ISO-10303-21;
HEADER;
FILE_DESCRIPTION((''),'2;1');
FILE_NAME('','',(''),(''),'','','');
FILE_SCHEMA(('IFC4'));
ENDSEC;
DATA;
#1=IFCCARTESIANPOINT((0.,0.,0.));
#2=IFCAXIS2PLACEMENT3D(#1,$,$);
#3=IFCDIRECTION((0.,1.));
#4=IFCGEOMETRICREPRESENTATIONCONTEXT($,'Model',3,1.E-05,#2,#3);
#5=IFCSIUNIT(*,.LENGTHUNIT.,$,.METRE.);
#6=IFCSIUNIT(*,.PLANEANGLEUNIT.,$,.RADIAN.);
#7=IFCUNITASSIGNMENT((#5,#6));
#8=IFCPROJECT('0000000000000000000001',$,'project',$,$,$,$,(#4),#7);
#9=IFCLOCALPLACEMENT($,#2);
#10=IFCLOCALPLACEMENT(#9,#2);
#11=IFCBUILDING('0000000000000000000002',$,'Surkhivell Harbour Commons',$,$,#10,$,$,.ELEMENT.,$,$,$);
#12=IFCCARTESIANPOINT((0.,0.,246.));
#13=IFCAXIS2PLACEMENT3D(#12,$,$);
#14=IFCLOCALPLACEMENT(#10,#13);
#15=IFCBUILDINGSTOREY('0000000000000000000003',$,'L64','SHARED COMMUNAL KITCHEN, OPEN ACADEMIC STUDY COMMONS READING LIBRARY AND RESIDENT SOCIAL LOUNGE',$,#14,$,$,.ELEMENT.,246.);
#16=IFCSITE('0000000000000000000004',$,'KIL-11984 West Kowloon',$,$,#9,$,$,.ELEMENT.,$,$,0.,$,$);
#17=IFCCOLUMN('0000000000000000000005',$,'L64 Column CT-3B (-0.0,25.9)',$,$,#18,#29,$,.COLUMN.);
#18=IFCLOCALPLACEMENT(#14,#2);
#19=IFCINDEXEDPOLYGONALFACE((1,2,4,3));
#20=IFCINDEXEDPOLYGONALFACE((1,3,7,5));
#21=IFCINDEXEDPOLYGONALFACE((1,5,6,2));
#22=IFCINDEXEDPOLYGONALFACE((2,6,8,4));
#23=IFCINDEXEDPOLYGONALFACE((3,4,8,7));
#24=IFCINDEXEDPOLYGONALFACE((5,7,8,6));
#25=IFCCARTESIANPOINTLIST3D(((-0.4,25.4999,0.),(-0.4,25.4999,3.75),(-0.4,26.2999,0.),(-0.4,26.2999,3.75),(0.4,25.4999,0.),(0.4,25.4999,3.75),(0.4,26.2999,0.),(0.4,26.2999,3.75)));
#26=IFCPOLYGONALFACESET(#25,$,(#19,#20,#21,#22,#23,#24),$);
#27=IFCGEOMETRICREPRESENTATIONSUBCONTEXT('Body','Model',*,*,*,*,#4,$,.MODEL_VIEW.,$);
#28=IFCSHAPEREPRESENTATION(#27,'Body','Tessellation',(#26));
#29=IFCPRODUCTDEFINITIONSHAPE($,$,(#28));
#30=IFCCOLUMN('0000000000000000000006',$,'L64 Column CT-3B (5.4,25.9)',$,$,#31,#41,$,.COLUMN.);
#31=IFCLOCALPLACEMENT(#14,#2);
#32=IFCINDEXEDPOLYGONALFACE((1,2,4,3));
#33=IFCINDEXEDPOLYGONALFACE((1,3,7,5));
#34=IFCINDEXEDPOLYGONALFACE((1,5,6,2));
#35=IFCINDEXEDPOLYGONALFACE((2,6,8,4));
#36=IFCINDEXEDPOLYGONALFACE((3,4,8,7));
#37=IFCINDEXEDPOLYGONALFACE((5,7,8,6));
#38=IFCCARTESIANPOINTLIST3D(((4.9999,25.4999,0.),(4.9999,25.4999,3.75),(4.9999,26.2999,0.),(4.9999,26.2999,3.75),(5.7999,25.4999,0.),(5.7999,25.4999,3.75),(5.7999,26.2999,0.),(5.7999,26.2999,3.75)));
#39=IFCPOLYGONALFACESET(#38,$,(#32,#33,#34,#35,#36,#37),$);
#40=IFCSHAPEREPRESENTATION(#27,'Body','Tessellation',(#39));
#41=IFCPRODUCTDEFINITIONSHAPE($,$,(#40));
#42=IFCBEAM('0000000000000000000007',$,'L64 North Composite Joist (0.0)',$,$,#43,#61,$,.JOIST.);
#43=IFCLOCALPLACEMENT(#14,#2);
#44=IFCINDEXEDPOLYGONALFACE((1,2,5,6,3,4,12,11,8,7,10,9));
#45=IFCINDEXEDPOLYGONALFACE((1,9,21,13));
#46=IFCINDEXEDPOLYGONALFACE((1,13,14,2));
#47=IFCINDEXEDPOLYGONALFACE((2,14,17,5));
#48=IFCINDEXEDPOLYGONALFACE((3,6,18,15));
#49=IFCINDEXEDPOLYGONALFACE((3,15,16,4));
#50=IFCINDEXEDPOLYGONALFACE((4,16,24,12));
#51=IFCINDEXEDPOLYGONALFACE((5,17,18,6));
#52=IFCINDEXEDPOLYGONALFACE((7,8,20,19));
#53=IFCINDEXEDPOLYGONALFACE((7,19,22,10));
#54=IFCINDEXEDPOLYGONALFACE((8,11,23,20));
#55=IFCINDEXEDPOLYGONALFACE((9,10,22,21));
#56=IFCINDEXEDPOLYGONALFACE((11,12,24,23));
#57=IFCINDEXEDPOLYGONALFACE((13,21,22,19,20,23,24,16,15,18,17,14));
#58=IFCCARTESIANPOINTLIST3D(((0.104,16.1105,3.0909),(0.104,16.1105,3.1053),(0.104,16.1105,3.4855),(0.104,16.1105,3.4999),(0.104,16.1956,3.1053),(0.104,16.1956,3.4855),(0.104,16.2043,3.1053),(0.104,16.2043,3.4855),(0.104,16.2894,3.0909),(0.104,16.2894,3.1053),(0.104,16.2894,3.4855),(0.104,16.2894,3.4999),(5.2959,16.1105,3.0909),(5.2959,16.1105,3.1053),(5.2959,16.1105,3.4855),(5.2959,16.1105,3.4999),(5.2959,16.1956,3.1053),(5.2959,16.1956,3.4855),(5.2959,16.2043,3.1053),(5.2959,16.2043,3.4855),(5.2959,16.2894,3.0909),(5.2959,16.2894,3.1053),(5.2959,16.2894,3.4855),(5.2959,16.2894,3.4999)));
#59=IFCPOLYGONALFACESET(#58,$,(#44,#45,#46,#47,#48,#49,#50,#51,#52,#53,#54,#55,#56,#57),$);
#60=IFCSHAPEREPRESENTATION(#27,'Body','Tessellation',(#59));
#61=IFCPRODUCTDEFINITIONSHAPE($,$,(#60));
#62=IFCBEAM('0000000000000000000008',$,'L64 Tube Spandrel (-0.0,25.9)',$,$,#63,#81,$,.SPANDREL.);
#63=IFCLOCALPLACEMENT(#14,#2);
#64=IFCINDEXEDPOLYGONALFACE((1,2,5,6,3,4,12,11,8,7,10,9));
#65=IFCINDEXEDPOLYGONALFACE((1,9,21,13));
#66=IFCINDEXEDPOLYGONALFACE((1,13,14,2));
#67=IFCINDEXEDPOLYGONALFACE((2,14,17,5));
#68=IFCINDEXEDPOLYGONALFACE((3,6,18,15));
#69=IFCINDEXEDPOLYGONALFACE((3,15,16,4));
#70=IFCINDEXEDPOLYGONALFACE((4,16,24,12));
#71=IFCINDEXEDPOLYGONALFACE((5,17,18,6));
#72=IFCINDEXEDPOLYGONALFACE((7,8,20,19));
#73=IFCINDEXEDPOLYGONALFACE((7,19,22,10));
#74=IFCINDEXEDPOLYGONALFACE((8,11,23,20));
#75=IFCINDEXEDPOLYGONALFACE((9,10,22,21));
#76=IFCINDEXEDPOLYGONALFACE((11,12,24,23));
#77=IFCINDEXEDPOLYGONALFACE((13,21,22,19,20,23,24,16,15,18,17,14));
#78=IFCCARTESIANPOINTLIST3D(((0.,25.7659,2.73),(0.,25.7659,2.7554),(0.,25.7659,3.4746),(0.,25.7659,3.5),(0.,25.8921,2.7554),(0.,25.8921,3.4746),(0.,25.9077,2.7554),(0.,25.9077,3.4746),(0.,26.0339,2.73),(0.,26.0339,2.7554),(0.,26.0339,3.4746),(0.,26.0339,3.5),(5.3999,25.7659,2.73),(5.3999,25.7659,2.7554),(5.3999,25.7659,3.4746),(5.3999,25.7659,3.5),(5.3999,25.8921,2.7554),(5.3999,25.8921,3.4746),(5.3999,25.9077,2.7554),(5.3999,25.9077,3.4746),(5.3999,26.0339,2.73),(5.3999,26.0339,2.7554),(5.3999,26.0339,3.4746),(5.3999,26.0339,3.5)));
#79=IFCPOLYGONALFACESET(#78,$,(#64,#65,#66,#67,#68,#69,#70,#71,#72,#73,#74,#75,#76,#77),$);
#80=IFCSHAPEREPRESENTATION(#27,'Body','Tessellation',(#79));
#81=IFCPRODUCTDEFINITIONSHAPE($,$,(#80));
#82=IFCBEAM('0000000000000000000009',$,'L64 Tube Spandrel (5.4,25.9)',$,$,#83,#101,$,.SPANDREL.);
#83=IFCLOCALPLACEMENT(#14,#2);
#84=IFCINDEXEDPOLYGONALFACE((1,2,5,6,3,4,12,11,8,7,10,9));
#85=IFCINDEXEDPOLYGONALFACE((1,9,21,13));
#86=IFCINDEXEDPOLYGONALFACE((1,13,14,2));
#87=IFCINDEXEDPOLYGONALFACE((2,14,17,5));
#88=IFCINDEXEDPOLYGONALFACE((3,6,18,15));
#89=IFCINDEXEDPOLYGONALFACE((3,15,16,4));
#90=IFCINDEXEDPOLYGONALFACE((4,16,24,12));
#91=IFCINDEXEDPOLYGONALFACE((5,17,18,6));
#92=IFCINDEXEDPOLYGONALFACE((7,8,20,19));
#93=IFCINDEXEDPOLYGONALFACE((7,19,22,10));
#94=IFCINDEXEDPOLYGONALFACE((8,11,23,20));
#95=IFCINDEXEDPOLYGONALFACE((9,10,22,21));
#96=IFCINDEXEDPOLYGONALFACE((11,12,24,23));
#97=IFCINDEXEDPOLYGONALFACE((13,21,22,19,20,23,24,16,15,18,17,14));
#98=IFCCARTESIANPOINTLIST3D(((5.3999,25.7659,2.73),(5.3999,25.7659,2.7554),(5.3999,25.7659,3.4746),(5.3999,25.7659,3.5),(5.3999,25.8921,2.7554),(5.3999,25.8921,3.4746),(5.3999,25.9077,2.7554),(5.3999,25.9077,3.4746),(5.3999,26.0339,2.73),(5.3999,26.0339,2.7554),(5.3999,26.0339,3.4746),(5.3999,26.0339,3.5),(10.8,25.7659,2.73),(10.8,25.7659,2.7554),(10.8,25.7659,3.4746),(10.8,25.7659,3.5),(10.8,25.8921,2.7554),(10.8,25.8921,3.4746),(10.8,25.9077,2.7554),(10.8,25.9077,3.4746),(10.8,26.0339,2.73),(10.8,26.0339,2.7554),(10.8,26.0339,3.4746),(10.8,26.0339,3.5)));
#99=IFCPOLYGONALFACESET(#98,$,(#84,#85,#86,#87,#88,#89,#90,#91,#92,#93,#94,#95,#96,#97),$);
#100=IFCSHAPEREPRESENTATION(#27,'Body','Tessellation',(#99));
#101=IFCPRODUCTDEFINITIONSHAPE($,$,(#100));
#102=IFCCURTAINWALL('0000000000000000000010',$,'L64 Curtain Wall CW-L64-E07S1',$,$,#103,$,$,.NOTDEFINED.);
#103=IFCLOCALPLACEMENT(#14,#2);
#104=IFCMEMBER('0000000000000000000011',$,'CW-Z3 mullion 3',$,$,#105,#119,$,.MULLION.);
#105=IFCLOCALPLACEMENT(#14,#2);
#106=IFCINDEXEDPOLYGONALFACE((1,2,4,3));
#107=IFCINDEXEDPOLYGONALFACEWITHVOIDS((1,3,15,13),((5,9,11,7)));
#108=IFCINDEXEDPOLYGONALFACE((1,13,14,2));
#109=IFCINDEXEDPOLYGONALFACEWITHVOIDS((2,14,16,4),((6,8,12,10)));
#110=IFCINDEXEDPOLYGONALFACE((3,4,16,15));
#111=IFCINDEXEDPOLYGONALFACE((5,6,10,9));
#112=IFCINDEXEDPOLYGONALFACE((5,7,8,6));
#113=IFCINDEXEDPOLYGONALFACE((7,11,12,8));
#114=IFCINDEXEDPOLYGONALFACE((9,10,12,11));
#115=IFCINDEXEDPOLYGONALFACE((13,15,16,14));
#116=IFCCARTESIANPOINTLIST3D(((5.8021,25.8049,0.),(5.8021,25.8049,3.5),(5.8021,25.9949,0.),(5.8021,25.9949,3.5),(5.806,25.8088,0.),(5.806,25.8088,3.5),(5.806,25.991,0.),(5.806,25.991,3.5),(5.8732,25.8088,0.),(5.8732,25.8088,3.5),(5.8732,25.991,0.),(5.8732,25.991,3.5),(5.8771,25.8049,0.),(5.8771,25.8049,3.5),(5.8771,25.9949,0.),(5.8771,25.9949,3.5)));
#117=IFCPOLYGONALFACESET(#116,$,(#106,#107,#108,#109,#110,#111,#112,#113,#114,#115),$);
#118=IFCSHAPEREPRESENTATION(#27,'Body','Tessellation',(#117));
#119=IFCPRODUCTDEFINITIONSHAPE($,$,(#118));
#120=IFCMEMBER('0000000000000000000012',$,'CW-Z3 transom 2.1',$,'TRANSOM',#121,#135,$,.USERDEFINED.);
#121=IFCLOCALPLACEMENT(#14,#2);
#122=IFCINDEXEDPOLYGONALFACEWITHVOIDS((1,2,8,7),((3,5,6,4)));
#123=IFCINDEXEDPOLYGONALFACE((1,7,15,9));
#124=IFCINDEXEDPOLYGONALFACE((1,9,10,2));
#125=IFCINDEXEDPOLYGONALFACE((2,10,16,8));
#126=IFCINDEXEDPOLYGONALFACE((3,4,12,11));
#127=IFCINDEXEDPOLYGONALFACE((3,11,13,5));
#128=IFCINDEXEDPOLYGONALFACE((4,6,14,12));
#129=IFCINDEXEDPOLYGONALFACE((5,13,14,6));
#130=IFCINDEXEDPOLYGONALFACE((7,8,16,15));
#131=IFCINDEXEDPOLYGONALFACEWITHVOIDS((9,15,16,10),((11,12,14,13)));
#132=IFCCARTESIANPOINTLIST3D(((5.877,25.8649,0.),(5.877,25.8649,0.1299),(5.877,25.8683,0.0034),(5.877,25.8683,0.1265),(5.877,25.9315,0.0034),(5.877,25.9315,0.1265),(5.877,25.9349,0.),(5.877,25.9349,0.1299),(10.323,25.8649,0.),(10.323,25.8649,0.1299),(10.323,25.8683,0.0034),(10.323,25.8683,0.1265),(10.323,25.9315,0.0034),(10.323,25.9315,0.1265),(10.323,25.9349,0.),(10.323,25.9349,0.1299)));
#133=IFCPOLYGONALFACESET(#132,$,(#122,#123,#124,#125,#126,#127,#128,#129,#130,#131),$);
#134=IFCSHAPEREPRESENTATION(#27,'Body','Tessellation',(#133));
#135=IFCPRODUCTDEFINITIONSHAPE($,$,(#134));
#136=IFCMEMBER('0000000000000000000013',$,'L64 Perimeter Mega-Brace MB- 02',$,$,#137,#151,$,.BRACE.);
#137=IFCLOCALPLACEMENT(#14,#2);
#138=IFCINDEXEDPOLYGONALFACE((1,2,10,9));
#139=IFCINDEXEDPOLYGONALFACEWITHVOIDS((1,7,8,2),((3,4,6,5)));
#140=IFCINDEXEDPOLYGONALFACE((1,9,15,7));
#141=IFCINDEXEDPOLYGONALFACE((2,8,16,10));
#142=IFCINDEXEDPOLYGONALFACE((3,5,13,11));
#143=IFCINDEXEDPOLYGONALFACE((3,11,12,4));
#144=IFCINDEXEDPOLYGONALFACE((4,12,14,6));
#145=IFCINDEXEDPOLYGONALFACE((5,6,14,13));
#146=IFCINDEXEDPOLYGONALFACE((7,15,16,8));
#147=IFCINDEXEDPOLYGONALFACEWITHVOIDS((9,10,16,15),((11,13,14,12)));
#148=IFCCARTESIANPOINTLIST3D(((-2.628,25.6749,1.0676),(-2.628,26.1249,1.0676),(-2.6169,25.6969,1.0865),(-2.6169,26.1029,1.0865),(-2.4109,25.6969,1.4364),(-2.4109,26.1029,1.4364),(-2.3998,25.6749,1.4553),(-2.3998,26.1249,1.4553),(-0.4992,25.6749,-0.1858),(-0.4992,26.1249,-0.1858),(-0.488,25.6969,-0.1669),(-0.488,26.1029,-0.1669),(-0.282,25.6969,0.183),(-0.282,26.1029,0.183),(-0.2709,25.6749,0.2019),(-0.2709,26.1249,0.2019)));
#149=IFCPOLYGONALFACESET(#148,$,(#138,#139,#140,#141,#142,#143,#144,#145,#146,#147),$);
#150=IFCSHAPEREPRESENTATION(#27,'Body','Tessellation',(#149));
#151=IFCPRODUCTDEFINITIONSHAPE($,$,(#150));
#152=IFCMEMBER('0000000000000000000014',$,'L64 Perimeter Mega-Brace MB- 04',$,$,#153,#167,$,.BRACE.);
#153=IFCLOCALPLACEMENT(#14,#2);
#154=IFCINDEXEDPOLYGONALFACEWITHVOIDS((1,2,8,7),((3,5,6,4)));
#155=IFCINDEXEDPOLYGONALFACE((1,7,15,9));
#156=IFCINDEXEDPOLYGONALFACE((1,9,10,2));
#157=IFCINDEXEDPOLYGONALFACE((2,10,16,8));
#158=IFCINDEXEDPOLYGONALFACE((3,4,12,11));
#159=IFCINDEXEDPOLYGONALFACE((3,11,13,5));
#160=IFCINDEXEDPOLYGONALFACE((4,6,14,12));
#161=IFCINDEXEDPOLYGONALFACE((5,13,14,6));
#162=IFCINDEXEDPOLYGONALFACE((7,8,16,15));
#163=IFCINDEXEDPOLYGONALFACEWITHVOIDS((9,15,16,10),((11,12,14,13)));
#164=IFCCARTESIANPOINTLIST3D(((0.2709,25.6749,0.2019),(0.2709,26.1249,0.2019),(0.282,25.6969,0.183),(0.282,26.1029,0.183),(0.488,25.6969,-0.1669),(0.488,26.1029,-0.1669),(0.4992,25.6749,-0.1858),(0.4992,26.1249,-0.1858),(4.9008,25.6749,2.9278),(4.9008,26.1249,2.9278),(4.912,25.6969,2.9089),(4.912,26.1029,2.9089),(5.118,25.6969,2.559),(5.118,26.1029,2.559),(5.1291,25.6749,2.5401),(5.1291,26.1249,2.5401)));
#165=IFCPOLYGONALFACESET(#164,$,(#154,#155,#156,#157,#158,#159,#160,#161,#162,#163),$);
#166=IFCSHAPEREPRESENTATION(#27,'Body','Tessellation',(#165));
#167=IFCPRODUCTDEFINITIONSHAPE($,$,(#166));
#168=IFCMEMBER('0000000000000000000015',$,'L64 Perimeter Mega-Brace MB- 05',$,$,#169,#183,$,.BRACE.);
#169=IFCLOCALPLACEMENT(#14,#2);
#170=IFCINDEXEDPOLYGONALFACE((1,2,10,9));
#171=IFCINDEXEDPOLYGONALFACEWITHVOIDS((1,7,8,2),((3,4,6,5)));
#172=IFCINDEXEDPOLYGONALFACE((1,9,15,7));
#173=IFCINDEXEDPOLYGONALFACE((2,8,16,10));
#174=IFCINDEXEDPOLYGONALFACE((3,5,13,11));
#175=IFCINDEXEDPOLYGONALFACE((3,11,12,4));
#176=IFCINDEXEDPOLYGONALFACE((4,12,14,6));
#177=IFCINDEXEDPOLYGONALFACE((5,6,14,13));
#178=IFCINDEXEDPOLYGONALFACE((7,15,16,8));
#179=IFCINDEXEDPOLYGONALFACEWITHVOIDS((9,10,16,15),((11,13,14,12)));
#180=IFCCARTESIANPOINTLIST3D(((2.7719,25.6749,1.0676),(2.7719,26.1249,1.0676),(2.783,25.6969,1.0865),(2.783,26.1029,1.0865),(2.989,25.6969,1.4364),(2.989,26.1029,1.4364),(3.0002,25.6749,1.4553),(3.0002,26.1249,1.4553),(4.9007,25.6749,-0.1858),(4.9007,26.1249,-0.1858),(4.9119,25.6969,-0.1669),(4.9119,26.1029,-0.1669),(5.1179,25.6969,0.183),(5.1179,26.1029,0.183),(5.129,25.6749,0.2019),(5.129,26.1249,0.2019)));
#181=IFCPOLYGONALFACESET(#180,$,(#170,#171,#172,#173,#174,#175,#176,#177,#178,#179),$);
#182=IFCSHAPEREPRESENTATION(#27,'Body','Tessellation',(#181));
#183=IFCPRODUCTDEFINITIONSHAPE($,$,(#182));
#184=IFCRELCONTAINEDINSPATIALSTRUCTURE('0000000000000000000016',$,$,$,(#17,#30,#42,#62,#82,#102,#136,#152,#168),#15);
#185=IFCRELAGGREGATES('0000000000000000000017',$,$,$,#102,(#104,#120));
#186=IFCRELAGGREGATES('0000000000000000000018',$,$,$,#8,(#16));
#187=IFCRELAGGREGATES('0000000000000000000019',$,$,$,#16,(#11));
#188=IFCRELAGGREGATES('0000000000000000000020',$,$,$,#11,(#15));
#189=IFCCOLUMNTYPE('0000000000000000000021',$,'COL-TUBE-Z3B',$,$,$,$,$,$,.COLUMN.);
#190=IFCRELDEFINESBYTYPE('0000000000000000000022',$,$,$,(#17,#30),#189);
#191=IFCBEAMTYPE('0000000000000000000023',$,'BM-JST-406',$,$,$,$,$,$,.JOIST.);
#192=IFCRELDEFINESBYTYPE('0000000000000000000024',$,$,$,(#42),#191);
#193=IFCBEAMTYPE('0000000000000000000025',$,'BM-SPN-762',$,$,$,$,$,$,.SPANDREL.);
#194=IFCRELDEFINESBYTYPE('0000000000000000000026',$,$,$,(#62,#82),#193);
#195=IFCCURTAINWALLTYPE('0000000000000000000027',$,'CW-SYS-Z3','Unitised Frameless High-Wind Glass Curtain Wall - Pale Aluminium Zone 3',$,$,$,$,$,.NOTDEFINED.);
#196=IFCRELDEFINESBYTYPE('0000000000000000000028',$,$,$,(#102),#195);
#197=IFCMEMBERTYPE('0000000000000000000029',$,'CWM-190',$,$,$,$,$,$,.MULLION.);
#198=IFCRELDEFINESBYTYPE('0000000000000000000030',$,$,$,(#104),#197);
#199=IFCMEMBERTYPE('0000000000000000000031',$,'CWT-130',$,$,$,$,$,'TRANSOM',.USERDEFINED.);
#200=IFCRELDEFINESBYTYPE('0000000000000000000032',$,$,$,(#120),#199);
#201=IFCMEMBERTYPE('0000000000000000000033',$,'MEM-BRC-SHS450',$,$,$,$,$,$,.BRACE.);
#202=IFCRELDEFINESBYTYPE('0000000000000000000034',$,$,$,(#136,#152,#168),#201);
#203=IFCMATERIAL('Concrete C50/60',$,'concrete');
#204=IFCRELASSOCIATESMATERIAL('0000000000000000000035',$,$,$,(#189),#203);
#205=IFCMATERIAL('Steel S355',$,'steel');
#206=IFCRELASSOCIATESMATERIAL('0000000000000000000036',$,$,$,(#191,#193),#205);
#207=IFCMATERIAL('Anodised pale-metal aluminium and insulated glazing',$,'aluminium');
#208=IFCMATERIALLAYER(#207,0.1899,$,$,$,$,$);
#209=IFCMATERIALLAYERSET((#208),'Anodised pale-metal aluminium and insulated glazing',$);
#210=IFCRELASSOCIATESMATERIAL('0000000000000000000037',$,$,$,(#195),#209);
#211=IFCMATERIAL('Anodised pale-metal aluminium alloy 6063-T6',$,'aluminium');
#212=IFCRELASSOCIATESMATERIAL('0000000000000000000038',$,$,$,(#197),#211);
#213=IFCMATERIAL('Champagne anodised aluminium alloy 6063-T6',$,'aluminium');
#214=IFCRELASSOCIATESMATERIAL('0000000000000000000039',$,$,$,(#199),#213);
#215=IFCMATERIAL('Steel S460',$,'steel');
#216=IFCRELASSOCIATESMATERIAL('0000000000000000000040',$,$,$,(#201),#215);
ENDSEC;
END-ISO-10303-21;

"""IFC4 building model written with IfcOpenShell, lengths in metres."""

from ifc_helpers import new_model, si_unit, direction, frame, origin, origin_2d, place, context, subcontext, project, spatial, rectangle, hollow_rectangle, i_section, extrude, material, layer, layer_set, material_profile, profile_set, type_object, element, aggregate, save


model = new_model("IFC4")

# Units and contexts
model_context = context("Model", 3, precision=1e-05, world=origin(), true_north=direction((0.0, 1.0)))
body_context = subcontext(model_context, "Body", "Model", "MODEL_VIEW")
ifc_project = project(units=[si_unit("LENGTHUNIT", "METRE"), si_unit("PLANEANGLEUNIT", "RADIAN")], contexts=[model_context])

# Site, building, storey
site_placement = place(None, origin())
site = spatial("IfcSite", under=ifc_project, at=site_placement, Name="KIL-11984 West Kowloon", CompositionType="ELEMENT", RefElevation=0.0)
building_placement = place(site_placement, origin())
building = spatial("IfcBuilding", under=site, at=building_placement, Name="Surkhivell Harbour Commons", CompositionType="ELEMENT")
storey_placement = place(building_placement, frame((0.0, 0.0, 246.0)))
storey = spatial("IfcBuildingStorey", under=building, at=storey_placement, Name="L64", Description="SHARED COMMUNAL KITCHEN, OPEN ACADEMIC STUDY COMMONS READING LIBRARY AND RESIDENT SOCIAL LOUNGE", CompositionType="ELEMENT", Elevation=246.0)

# Columns
ifc_material_1 = material(Name="Concrete C50/60", Category="concrete")
ifc_material_profile_1 = material_profile(ifc_material_1, rectangle(XDim=0.8, YDim=0.8, at=origin_2d()), Name="RC-COL-800x800")
ifc_profile_set_1 = profile_set([ifc_material_profile_1], Name="Concrete C50/60")
column_type = type_object("IfcColumnType", Name="COL-TUBE-Z3B", PredefinedType="COLUMN", material=ifc_profile_set_1)
for number, where, z_axis, x_axis, name in (
    (1, (0.0, 25.8999, 0.0), (0.0, 0.0, 1.0), (1.0, 0.0, 0.0), "L64 Column CT-3B (-0.0,25.9)"),
    (2, (5.3999, 25.8999, 0.0), (0.0, 0.0, 1.0), (1.0, 0.0, 0.0), "L64 Column CT-3B (5.4,25.9)"),
):
    element("IfcColumn", number, at=place(storey_placement, frame(where, z_axis=z_axis, x_axis=x_axis)), inside=storey, type_object=column_type, Name=name, PredefinedType="COLUMN", context=body_context, shape_type="SweptSolid", body=[
        extrude(rectangle(XDim=0.8, YDim=0.8, at=origin_2d()), origin(), (0.0, 0.0, 1.0), 3.75),
    ])

# Beams
ifc_material_2 = material(Name="Steel S355", Category="steel")
ifc_material_profile_2 = material_profile(ifc_material_2, i_section(OverallWidth=0.179, OverallDepth=0.4089, WebThickness=0.0088, FlangeThickness=0.0144, at=origin_2d()), Name="UB406x178x67")
ifc_profile_set_2 = profile_set([ifc_material_profile_2], Name="Steel S355")
beam_type_1 = type_object("IfcBeamType", Name="BM-JST-406", PredefinedType="JOIST", material=ifc_profile_set_2)
beam_1_placement = place(storey_placement, frame((0.104, 16.2, 3.2954), z_axis=(1.0, 0.0, 0.0), x_axis=(0.0, 1.0, 0.0)))
element("IfcBeam", 3, at=beam_1_placement, inside=storey, type_object=beam_type_1, Name="L64 North Composite Joist (0.0)", PredefinedType="JOIST", context=body_context, shape_type="SweptSolid", body=[
    extrude(i_section(OverallWidth=0.179, OverallDepth=0.4089, WebThickness=0.0088, FlangeThickness=0.0144, at=origin_2d()), origin(), (0.0, 0.0, 1.0), 5.1919),
])
ifc_material_profile_3 = material_profile(ifc_material_2, i_section(OverallWidth=0.2681, OverallDepth=0.77, WebThickness=0.0156, FlangeThickness=0.0254, at=origin_2d()), Name="UB762x267x197")
ifc_profile_set_3 = profile_set([ifc_material_profile_3], Name="Steel S355")
beam_type_2 = type_object("IfcBeamType", Name="BM-SPN-762", PredefinedType="SPANDREL", material=ifc_profile_set_3)
beam_2_placement = place(storey_placement, frame((0.0, 25.8999, 3.115), z_axis=(1.0, 0.0, 0.0), x_axis=(0.0, 1.0, 0.0)))
element("IfcBeam", 4, at=beam_2_placement, inside=storey, type_object=beam_type_2, Name="L64 Tube Spandrel (-0.0,25.9)", PredefinedType="SPANDREL", context=body_context, shape_type="SweptSolid", body=[
    extrude(i_section(OverallWidth=0.2681, OverallDepth=0.77, WebThickness=0.0156, FlangeThickness=0.0254, at=origin_2d()), origin(), (0.0, 0.0, 1.0), 5.3999),
])
beam_3_placement = place(storey_placement, frame((5.3999, 25.8999, 3.115), z_axis=(1.0, 0.0, 0.0), x_axis=(0.0, 1.0, 0.0)))
element("IfcBeam", 5, at=beam_3_placement, inside=storey, type_object=beam_type_2, Name="L64 Tube Spandrel (5.4,25.9)", PredefinedType="SPANDREL", context=body_context, shape_type="SweptSolid", body=[
    extrude(i_section(OverallWidth=0.2681, OverallDepth=0.77, WebThickness=0.0156, FlangeThickness=0.0254, at=origin_2d()), origin(), (0.0, 0.0, 1.0), 5.4001),
])

# Curtain wall, members
ifc_material_3 = material(Name="Anodised pale-metal aluminium and insulated glazing", Category="aluminium")
ifc_layer_1 = layer(ifc_material_3, 0.1899)
ifc_layer_set_1 = layer_set([ifc_layer_1], Name="Anodised pale-metal aluminium and insulated glazing")
curtain_wall_type = type_object("IfcCurtainWallType", Name="CW-SYS-Z3", Description="Unitised Frameless High-Wind Glass Curtain Wall - Pale Aluminium Zone 3", PredefinedType="NOTDEFINED", material=ifc_layer_set_1)
curtain_wall_placement = place(storey_placement, origin())
curtain_wall = element("IfcCurtainWall", 6, at=curtain_wall_placement, inside=storey, type_object=curtain_wall_type, Name="L64 Curtain Wall CW-L64-E07S1", PredefinedType="NOTDEFINED")
ifc_material_4 = material(Name="Anodised pale-metal aluminium alloy 6063-T6", Category="aluminium")
ifc_material_profile_4 = material_profile(ifc_material_4, hollow_rectangle(XDim=0.075, YDim=0.1899, WallThickness=0.0039, at=origin_2d()), Name="ALU-MULL-75x190")
ifc_profile_set_4 = profile_set([ifc_material_profile_4], Name="Anodised pale-metal aluminium alloy 6063-T6")
member_type_1 = type_object("IfcMemberType", Name="CWM-190", PredefinedType="MULLION", material=ifc_profile_set_4)
member_1_placement = place(storey_placement, frame((5.8396, 25.8999, 0.0), z_axis=(0.0, 0.0, 1.0), x_axis=(-1.0, 0.0, 0.0)))
member_1 = element("IfcMember", 7, at=member_1_placement, type_object=member_type_1, Name="CW-Z3 mullion 3", PredefinedType="MULLION", context=body_context, shape_type="SweptSolid", body=[
    extrude(hollow_rectangle(XDim=0.075, YDim=0.1899, WallThickness=0.0039, at=origin_2d()), origin(), (0.0, 0.0, 1.0), 3.5),
])
ifc_material_5 = material(Name="Champagne anodised aluminium alloy 6063-T6", Category="aluminium")
ifc_material_profile_5 = material_profile(ifc_material_5, hollow_rectangle(XDim=0.0701, YDim=0.1299, WallThickness=0.0034, at=origin_2d()), Name="ALU-TRAN-70x130")
ifc_profile_set_5 = profile_set([ifc_material_profile_5], Name="Champagne anodised aluminium alloy 6063-T6")
member_type_2 = type_object("IfcMemberType", Name="CWT-130", ElementType="TRANSOM", PredefinedType="USERDEFINED", material=ifc_profile_set_5)
member_2_placement = place(storey_placement, frame((10.323, 25.8999, 0.0649), z_axis=(-1.0, 0.0, 0.0), x_axis=(0.0, -1.0, 0.0)))
member_2 = element("IfcMember", 8, at=member_2_placement, type_object=member_type_2, Name="CW-Z3 transom 2.1", ObjectType="TRANSOM", PredefinedType="USERDEFINED", context=body_context, shape_type="SweptSolid", body=[
    extrude(hollow_rectangle(XDim=0.0701, YDim=0.1299, WallThickness=0.0034, at=origin_2d()), origin(), (0.0, 0.0, 1.0), 4.446),
])
aggregate(curtain_wall, [member_1, member_2])

# Members
ifc_material_6 = material(Name="Steel S460", Category="steel")
ifc_material_profile_6 = material_profile(ifc_material_6, hollow_rectangle(XDim=0.45, YDim=0.45, WallThickness=0.022, at=origin_2d()), Name="SHS450x450x22")
ifc_profile_set_6 = profile_set([ifc_material_profile_6], Name="Steel S460")
member_type_3 = type_object("IfcMemberType", Name="MEM-BRC-SHS450", PredefinedType="BRACE", material=ifc_profile_set_6)
member_3_placement = place(storey_placement, frame((-0.385, 25.8999, 0.0081), z_axis=(-0.861736, 0.0, 0.507357), x_axis=(0.0, -1.0, 0.0)))
element("IfcMember", 9, at=member_3_placement, inside=storey, type_object=member_type_3, Name="L64 Perimeter Mega-Brace MB- 02", PredefinedType="BRACE", context=body_context, shape_type="SweptSolid", body=[
    extrude(hollow_rectangle(XDim=0.45, YDim=0.45, WallThickness=0.022, at=origin_2d()), origin(), (0.0, 0.0, 1.0), 2.4705),
])
member_4_placement = place(storey_placement, frame((0.385, 25.8999, 0.0081), z_axis=(0.861741, 0.0, 0.507348), x_axis=(0.0, 1.0, 0.0)))
element("IfcMember", 10, at=member_4_placement, inside=storey, type_object=member_type_3, Name="L64 Perimeter Mega-Brace MB- 04", PredefinedType="BRACE", context=body_context, shape_type="SweptSolid", body=[
    extrude(hollow_rectangle(XDim=0.45, YDim=0.45, WallThickness=0.022, at=origin_2d()), origin(), (0.0, 0.0, 1.0), 5.3728),
])
for number, where, z_axis, x_axis, name in (
    (11, (5.0149, 25.8999, 0.0081), (-0.861736, 0.0, 0.507357), (0.0, -1.0, 0.0), "L64 Perimeter Mega-Brace MB- 05"),
):
    element("IfcMember", number, at=place(storey_placement, frame(where, z_axis=z_axis, x_axis=x_axis)), inside=storey, type_object=member_type_3, Name=name, PredefinedType="BRACE", context=body_context, shape_type="SweptSolid", body=[
        extrude(hollow_rectangle(XDim=0.45, YDim=0.45, WallThickness=0.022, at=origin_2d()), origin(), (0.0, 0.0, 1.0), 2.4705),
    ])

save(model, "model.ifc")
